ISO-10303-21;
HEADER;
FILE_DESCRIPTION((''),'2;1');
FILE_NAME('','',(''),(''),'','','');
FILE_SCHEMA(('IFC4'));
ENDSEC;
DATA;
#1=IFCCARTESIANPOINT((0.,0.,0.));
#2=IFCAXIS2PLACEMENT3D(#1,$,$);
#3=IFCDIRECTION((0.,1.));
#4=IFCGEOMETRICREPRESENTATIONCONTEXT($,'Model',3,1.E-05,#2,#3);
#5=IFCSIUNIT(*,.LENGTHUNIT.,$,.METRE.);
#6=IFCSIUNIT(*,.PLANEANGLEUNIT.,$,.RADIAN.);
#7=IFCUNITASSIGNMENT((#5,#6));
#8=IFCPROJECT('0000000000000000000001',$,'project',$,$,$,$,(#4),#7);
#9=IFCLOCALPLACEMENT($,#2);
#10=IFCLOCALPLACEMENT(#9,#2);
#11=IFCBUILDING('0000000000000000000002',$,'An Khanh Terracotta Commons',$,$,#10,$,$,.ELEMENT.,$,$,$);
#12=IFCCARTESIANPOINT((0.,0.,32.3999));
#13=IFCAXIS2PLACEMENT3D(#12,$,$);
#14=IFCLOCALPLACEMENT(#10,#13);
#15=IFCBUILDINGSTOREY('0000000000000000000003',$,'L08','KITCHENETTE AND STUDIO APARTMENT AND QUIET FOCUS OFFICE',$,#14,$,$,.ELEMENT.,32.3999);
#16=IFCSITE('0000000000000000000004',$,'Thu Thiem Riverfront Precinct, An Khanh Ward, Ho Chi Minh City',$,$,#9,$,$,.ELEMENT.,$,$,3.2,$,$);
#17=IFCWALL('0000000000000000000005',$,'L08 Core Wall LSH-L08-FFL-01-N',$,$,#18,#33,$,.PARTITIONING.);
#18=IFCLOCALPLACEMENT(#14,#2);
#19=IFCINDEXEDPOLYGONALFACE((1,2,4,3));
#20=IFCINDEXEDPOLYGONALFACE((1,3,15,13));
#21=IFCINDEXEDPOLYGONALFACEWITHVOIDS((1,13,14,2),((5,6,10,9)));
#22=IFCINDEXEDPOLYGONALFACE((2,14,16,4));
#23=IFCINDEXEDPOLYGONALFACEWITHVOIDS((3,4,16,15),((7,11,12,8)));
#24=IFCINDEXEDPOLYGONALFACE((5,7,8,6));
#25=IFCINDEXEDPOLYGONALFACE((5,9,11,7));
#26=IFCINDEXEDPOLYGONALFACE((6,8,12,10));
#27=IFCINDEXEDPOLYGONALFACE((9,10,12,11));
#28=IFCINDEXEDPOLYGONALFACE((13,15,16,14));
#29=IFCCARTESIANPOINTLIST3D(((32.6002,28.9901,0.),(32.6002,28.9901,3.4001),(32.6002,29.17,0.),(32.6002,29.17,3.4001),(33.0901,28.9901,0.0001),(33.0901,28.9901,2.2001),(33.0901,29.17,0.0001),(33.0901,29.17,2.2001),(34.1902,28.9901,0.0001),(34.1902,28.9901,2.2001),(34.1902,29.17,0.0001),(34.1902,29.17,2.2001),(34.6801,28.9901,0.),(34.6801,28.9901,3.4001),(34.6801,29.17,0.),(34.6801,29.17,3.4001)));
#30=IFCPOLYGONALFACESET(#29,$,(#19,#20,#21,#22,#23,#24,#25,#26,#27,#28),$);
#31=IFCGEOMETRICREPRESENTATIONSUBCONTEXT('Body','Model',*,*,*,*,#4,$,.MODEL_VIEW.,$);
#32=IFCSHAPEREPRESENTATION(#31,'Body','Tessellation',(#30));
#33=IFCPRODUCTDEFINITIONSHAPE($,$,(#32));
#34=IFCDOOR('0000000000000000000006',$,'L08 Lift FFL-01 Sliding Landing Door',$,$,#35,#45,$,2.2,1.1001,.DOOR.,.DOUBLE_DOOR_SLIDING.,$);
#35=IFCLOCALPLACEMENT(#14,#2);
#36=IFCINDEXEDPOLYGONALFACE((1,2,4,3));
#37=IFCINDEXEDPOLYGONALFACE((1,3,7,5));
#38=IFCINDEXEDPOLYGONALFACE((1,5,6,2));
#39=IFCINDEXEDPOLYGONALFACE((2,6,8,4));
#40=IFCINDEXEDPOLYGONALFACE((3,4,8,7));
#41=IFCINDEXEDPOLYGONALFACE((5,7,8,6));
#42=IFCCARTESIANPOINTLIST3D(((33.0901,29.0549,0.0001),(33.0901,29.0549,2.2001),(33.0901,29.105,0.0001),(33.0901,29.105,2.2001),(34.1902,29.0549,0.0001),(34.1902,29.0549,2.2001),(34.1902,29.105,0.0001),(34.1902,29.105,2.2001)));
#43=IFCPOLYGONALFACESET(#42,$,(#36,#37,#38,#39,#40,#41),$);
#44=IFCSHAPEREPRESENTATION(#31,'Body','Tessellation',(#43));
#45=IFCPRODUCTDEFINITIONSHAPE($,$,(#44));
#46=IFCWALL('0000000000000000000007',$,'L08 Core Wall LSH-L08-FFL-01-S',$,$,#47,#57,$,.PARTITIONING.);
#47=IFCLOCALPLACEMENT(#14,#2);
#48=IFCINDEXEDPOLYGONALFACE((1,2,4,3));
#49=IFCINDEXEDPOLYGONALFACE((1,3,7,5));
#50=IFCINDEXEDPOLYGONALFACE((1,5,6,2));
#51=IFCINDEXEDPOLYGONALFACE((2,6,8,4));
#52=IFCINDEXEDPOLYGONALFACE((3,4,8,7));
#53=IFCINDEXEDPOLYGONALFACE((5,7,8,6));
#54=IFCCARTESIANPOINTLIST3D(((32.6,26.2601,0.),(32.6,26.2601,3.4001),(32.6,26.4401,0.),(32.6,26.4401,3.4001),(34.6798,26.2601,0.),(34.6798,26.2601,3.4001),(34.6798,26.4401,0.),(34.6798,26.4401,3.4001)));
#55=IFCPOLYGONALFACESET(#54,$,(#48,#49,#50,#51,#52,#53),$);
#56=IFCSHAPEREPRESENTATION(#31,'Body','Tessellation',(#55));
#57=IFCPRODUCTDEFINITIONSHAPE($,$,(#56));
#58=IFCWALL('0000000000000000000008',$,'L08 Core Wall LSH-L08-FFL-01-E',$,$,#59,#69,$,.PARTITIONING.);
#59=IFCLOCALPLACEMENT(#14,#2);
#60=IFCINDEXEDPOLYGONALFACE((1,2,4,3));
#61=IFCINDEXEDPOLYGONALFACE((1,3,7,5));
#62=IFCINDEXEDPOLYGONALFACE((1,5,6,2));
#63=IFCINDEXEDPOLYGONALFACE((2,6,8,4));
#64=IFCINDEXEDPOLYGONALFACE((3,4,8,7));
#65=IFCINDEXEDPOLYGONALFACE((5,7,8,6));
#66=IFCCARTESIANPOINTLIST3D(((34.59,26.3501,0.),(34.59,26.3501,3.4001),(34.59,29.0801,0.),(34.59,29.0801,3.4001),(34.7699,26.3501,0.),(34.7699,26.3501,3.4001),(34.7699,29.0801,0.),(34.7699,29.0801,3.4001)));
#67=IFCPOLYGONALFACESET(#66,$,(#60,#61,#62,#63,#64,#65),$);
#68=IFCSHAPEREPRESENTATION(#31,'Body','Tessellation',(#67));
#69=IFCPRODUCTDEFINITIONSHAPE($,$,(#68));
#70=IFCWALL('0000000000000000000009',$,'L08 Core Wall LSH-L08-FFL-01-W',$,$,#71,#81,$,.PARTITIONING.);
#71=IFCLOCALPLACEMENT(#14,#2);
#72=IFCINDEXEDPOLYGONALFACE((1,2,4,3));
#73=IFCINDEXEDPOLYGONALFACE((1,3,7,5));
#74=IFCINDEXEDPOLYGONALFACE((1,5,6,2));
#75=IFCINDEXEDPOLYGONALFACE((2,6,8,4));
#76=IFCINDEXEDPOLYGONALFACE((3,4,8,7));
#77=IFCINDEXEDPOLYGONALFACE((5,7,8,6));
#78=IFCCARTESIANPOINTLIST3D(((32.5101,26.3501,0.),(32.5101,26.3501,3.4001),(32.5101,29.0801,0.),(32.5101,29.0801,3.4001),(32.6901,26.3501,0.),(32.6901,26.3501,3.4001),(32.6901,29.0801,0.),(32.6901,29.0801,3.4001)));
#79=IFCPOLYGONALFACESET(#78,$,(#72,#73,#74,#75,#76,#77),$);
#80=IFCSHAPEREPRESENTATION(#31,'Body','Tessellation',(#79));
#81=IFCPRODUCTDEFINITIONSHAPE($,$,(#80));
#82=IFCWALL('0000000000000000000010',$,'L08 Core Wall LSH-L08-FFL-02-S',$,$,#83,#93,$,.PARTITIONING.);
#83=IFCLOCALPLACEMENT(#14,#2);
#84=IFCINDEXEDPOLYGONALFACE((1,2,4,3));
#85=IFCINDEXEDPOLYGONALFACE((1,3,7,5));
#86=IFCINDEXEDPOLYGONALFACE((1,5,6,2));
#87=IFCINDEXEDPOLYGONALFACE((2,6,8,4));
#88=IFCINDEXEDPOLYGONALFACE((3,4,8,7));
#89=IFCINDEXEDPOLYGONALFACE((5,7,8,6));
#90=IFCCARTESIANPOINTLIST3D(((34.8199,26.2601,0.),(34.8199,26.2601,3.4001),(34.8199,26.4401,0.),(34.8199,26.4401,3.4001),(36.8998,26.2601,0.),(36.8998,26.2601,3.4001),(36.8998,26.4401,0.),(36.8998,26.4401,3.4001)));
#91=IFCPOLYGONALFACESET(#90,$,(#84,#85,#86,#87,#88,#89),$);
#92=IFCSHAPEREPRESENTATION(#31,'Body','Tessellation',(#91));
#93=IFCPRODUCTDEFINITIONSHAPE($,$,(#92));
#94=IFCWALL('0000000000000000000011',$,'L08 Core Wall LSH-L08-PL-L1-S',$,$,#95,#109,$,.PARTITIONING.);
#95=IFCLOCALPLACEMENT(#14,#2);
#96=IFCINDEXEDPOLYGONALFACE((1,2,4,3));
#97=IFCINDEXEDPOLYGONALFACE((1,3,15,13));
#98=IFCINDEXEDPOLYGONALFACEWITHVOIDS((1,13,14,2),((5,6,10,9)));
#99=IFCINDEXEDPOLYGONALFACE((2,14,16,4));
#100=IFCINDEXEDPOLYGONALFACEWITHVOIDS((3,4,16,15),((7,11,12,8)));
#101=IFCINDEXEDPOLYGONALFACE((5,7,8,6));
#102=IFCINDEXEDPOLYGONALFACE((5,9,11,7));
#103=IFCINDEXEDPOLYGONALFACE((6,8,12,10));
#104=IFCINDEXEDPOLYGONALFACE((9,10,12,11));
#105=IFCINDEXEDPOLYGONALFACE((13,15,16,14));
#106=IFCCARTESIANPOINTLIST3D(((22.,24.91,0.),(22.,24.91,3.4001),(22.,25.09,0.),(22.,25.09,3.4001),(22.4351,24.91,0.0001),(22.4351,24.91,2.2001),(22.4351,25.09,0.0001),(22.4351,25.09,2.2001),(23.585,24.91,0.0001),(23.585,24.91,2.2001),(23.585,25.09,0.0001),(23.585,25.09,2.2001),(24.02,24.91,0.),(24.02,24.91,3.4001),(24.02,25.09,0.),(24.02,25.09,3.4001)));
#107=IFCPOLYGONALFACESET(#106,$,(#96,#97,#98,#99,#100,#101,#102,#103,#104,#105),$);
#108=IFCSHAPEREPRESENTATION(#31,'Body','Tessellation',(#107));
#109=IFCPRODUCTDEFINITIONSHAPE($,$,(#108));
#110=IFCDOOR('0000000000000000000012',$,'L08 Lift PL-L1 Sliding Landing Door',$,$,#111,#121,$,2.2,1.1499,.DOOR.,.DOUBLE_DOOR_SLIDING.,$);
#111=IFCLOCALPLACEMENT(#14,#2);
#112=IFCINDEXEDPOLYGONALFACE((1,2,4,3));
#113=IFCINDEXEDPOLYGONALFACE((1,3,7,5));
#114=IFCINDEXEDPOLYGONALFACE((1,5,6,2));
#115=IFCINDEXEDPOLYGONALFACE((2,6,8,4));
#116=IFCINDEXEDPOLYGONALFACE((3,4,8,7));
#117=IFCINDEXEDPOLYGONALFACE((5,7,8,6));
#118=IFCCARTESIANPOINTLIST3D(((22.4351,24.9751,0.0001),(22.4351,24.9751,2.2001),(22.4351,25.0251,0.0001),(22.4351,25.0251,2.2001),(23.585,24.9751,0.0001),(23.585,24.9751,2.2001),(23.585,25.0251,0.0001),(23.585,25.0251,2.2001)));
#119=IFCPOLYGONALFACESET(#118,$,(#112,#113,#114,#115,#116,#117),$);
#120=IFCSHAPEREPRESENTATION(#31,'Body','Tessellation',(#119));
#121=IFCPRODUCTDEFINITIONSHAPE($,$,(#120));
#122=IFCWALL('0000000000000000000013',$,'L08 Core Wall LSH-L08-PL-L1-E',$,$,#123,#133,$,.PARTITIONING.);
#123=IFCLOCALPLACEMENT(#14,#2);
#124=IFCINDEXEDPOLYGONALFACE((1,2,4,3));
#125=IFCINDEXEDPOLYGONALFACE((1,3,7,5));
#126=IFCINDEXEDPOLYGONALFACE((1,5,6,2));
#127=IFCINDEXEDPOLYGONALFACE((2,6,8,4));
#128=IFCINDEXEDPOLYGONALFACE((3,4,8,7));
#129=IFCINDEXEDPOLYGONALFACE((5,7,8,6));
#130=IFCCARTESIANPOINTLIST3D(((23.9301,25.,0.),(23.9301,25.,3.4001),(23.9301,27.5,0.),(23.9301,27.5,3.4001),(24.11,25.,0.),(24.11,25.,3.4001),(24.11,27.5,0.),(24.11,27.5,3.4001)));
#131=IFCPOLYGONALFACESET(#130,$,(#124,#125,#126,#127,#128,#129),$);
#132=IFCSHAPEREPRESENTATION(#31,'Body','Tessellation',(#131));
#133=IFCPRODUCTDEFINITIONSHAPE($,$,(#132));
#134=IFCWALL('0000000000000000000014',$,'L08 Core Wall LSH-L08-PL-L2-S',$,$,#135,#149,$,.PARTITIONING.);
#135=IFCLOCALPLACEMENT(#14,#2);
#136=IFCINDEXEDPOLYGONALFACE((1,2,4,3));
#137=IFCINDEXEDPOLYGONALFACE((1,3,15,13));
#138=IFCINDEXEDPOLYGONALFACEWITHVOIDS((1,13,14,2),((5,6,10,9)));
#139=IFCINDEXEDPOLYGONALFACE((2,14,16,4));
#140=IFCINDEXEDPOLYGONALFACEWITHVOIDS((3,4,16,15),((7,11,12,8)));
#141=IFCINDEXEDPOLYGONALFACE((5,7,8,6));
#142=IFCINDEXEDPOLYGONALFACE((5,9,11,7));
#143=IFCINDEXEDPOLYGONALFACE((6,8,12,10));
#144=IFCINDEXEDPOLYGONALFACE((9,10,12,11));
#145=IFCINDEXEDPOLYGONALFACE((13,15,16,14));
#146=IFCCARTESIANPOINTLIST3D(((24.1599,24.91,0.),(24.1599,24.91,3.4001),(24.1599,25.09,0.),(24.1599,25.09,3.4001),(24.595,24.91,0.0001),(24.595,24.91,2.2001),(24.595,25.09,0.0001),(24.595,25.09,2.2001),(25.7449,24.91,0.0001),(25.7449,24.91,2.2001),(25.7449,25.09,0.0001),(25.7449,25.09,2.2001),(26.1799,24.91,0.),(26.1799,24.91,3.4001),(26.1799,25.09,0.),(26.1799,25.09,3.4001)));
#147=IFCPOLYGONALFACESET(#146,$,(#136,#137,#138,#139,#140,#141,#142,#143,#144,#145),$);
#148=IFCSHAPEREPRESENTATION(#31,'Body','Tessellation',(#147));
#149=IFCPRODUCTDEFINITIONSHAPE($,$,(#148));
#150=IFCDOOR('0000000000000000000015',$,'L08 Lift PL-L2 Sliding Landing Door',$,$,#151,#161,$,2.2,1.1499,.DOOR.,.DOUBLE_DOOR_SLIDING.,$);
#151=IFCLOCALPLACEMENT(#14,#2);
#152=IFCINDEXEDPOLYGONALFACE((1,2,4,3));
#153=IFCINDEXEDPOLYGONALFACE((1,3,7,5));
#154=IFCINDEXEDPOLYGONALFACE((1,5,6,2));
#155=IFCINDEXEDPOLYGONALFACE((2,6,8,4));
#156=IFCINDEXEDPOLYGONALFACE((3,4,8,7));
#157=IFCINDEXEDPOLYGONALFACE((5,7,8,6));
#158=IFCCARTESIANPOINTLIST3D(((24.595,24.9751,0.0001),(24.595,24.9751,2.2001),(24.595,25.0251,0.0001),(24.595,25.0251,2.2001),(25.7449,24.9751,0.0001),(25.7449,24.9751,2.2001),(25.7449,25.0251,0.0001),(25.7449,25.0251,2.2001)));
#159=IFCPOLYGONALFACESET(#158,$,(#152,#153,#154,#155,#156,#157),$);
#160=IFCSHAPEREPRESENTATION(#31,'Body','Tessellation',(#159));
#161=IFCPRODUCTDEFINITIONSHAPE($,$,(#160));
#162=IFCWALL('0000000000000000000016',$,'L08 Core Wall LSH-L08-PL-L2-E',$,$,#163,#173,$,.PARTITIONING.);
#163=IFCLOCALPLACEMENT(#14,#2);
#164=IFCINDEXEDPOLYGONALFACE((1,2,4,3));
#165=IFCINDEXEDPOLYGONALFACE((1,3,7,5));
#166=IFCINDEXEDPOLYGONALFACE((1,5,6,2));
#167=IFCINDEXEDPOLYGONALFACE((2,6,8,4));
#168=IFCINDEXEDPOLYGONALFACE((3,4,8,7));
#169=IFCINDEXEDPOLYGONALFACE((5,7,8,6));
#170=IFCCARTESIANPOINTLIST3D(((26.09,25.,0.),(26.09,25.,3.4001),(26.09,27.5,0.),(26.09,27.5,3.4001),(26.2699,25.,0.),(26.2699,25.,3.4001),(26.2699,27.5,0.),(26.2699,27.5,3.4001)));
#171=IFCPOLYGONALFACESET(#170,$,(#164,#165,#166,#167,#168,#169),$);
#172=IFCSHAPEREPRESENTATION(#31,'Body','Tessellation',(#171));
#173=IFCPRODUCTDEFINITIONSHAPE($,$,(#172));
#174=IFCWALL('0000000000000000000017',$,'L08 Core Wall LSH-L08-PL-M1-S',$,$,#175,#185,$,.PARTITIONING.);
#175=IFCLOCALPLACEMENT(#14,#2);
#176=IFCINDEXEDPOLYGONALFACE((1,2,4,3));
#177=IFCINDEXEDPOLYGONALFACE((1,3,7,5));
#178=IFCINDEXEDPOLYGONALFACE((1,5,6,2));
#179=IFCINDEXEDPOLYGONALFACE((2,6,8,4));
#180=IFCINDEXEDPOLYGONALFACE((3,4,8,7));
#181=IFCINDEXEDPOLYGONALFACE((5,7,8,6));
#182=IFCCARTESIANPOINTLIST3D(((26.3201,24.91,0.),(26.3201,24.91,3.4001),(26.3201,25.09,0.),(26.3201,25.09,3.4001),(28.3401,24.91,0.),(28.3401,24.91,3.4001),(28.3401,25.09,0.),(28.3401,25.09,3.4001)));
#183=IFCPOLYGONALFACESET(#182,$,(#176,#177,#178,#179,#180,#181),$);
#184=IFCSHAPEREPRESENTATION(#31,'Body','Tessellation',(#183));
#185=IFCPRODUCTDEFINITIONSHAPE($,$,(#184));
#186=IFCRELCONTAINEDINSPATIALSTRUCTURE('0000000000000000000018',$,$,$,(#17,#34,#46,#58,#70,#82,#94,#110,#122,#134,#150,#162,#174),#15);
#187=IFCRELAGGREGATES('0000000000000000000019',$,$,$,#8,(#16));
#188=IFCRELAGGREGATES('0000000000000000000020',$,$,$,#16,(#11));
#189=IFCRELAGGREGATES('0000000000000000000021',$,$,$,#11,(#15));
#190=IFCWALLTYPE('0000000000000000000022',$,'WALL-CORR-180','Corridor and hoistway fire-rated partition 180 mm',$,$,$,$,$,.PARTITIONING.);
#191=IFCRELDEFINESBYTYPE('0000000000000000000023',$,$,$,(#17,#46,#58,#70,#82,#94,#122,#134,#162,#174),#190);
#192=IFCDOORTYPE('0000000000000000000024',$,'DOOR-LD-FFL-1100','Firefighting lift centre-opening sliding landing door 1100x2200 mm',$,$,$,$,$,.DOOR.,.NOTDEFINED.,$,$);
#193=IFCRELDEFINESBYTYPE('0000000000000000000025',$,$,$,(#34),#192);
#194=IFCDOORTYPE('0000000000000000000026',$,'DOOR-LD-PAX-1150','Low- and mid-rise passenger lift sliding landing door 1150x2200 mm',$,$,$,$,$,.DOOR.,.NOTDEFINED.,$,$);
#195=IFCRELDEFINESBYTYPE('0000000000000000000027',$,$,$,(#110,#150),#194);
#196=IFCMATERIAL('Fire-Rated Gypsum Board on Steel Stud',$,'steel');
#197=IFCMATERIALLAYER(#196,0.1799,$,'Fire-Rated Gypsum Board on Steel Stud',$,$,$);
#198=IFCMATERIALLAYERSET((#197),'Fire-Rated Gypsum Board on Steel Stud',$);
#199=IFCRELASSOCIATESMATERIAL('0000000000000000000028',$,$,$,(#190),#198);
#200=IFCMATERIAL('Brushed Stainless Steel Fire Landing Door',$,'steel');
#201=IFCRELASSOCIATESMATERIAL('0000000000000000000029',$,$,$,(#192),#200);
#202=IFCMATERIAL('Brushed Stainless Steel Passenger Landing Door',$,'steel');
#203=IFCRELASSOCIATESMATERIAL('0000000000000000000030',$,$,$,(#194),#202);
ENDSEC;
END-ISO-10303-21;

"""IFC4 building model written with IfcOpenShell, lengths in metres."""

from ifc_helpers import new_model, si_unit, direction, frame, frame_2d, origin, place, context, subcontext, project, spatial, rectangle, extrude, material, layer, layer_set, type_object, element, fill, save


model = new_model("IFC4")

# Units and contexts
model_context = context("Model", 3, precision=1e-05, world=origin(), true_north=direction((0.0, 1.0)))
body_context = subcontext(model_context, "Body", "Model", "MODEL_VIEW")
ifc_project = project(units=[si_unit("LENGTHUNIT", "METRE"), si_unit("PLANEANGLEUNIT", "RADIAN")], contexts=[model_context])

# Site, building, storey
site_placement = place(None, origin())
site = spatial("IfcSite", under=ifc_project, at=site_placement, Name="Thu Thiem Riverfront Precinct, An Khanh Ward, Ho Chi Minh City", CompositionType="ELEMENT", RefElevation=3.2)
building_placement = place(site_placement, origin())
building = spatial("IfcBuilding", under=site, at=building_placement, Name="An Khanh Terracotta Commons", CompositionType="ELEMENT")
storey_placement = place(building_placement, frame((0.0, 0.0, 32.3999)))
storey = spatial("IfcBuildingStorey", under=building, at=storey_placement, Name="L08", Description="KITCHENETTE AND STUDIO APARTMENT AND QUIET FOCUS OFFICE", CompositionType="ELEMENT", Elevation=32.3999)

# Wall, opening, door
ifc_material_1 = material(Name="Fire-Rated Gypsum Board on Steel Stud", Category="steel")
ifc_layer_1 = layer(ifc_material_1, 0.1799, Name="Fire-Rated Gypsum Board on Steel Stud")
ifc_layer_set_1 = layer_set([ifc_layer_1], Name="Fire-Rated Gypsum Board on Steel Stud")
wall_type_1 = type_object("IfcWallType", Name="WALL-CORR-180", Description="Corridor and hoistway fire-rated partition 180 mm", PredefinedType="PARTITIONING", material=ifc_layer_set_1)
wall_1_placement = place(storey_placement, frame((32.6001, 29.0801, 0.0), z_axis=(0.0, 0.0, 1.0), x_axis=(1.0, 0.0, 0.0)))
wall_1 = element("IfcWall", 1, at=wall_1_placement, inside=storey, type_object=wall_type_1, Name="L08 Core Wall LSH-L08-FFL-01-N", PredefinedType="PARTITIONING", context=body_context, shape_type="SweptSolid", body=[
    extrude(rectangle(XDim=2.0798, YDim=0.1799, at=frame_2d((1.04, 0.0))), origin(), (0.0, 0.0, 1.0), 3.4001),
])
opening_1_placement = place(wall_1_placement, frame((0.49, 0.0, 0.0)))
opening_1 = element("IfcOpeningElement", 2, at=opening_1_placement, cuts=wall_1, PredefinedType="OPENING", context=body_context, shape_type="SweptSolid", body=[
    extrude(rectangle(XDim=1.1001, YDim=2.2, at=frame_2d((0.55, 1.1001))), frame((0.0, 0.0999, 0.0), z_axis=(0.0, -1.0, 0.0), x_axis=(1.0, 0.0, 0.0)), (0.0, 0.0, 1.0), 0.2),
])
ifc_material_2 = material(Name="Brushed Stainless Steel Fire Landing Door", Category="steel")
door_type_1 = type_object("IfcDoorType", Name="DOOR-LD-FFL-1100", Description="Firefighting lift centre-opening sliding landing door 1100x2200 mm", OperationType="NOTDEFINED", PredefinedType="DOOR", material=ifc_material_2)
door_1_placement = place(opening_1_placement, origin())
door_1 = element("IfcDoor", 3, at=door_1_placement, inside=storey, type_object=door_type_1, Name="L08 Lift FFL-01 Sliding Landing Door", OperationType="DOUBLE_DOOR_SLIDING", OverallHeight=2.2, OverallWidth=1.1001, PredefinedType="DOOR", context=body_context, shape_type="SweptSolid", body=[
    extrude(rectangle(XDim=1.1001, YDim=2.2, at=frame_2d((0.55, 1.1001))), frame((0.0, 0.0249, 0.0), z_axis=(0.0, -1.0, 0.0), x_axis=(1.0, 0.0, 0.0)), (0.0, 0.0, 1.0), 0.05),
])
fill(opening_1, door_1)

# Walls
wall_2_placement = place(storey_placement, frame((34.6799, 26.3501, 0.0), z_axis=(0.0, 0.0, 1.0), x_axis=(-1.0, 0.0, 0.0)))
element("IfcWall", 4, at=wall_2_placement, inside=storey, type_object=wall_type_1, Name="L08 Core Wall LSH-L08-FFL-01-S", PredefinedType="PARTITIONING", context=body_context, shape_type="SweptSolid", body=[
    extrude(rectangle(XDim=2.0798, YDim=0.1799, at=frame_2d((1.04, 0.0))), origin(), (0.0, 0.0, 1.0), 3.4001),
])
for number, where, z_axis, x_axis, name in (
    (5, (34.6799, 26.3501, 0.0), (0.0, 0.0, 1.0), (0.0, 1.0, 0.0), "L08 Core Wall LSH-L08-FFL-01-E"),
    (6, (32.6001, 29.0801, 0.0), (0.0, 0.0, 1.0), (0.0, -1.0, 0.0), "L08 Core Wall LSH-L08-FFL-01-W"),
):
    element("IfcWall", number, at=place(storey_placement, frame(where, z_axis=z_axis, x_axis=x_axis)), inside=storey, type_object=wall_type_1, Name=name, PredefinedType="PARTITIONING", context=body_context, shape_type="SweptSolid", body=[
        extrude(rectangle(XDim=2.73, YDim=0.1799, at=frame_2d((1.365, 0.0))), origin(), (0.0, 0.0, 1.0), 3.4001),
    ])
wall_3_placement = place(storey_placement, frame((36.8999, 26.3501, 0.0), z_axis=(0.0, 0.0, 1.0), x_axis=(-1.0, 0.0, 0.0)))
element("IfcWall", 7, at=wall_3_placement, inside=storey, type_object=wall_type_1, Name="L08 Core Wall LSH-L08-FFL-02-S", PredefinedType="PARTITIONING", context=body_context, shape_type="SweptSolid", body=[
    extrude(rectangle(XDim=2.0798, YDim=0.1799, at=frame_2d((1.04, 0.0))), origin(), (0.0, 0.0, 1.0), 3.4001),
])

# Wall, opening, door
wall_4_placement = place(storey_placement, frame((24.02, 25.0, 0.0), z_axis=(0.0, 0.0, 1.0), x_axis=(-1.0, 0.0, 0.0)))
wall_4 = element("IfcWall", 8, at=wall_4_placement, inside=storey, type_object=wall_type_1, Name="L08 Core Wall LSH-L08-PL-L1-S", PredefinedType="PARTITIONING", context=body_context, shape_type="SweptSolid", body=[
    extrude(rectangle(XDim=2.02, YDim=0.1799, at=frame_2d((1.01, 0.0))), origin(), (0.0, 0.0, 1.0), 3.4001),
])
opening_2_placement = place(wall_4_placement, frame((0.4351, 0.0, 0.0)))
opening_2 = element("IfcOpeningElement", 9, at=opening_2_placement, cuts=wall_4, PredefinedType="OPENING", context=body_context, shape_type="SweptSolid", body=[
    extrude(rectangle(XDim=1.1499, YDim=2.2, at=frame_2d((0.575, 1.1001))), frame((0.0, 0.0999, 0.0), z_axis=(0.0, -1.0, 0.0), x_axis=(1.0, 0.0, 0.0)), (0.0, 0.0, 1.0), 0.2),
])
ifc_material_3 = material(Name="Brushed Stainless Steel Passenger Landing Door", Category="steel")
door_type_2 = type_object("IfcDoorType", Name="DOOR-LD-PAX-1150", Description="Low- and mid-rise passenger lift sliding landing door 1150x2200 mm", OperationType="NOTDEFINED", PredefinedType="DOOR", material=ifc_material_3)
door_2_placement = place(opening_2_placement, origin())
door_2 = element("IfcDoor", 10, at=door_2_placement, inside=storey, type_object=door_type_2, Name="L08 Lift PL-L1 Sliding Landing Door", OperationType="DOUBLE_DOOR_SLIDING", OverallHeight=2.2, OverallWidth=1.1499, PredefinedType="DOOR", context=body_context, shape_type="SweptSolid", body=[
    extrude(rectangle(XDim=1.1499, YDim=2.2, at=frame_2d((0.575, 1.1001))), frame((0.0, 0.0249, 0.0), z_axis=(0.0, -1.0, 0.0), x_axis=(1.0, 0.0, 0.0)), (0.0, 0.0, 1.0), 0.05),
])
fill(opening_2, door_2)

# Wall
wall_5_placement = place(storey_placement, frame((24.02, 25.0, 0.0), z_axis=(0.0, 0.0, 1.0), x_axis=(0.0, 1.0, 0.0)))
element("IfcWall", 11, at=wall_5_placement, inside=storey, type_object=wall_type_1, Name="L08 Core Wall LSH-L08-PL-L1-E", PredefinedType="PARTITIONING", context=body_context, shape_type="SweptSolid", body=[
    extrude(rectangle(XDim=2.5, YDim=0.1799, at=frame_2d((1.25, 0.0))), origin(), (0.0, 0.0, 1.0), 3.4001),
])

# Wall, opening, door
wall_6_placement = place(storey_placement, frame((26.1799, 25.0, 0.0), z_axis=(0.0, 0.0, 1.0), x_axis=(-1.0, 0.0, 0.0)))
wall_6 = element("IfcWall", 12, at=wall_6_placement, inside=storey, type_object=wall_type_1, Name="L08 Core Wall LSH-L08-PL-L2-S", PredefinedType="PARTITIONING", context=body_context, shape_type="SweptSolid", body=[
    extrude(rectangle(XDim=2.02, YDim=0.1799, at=frame_2d((1.01, 0.0))), origin(), (0.0, 0.0, 1.0), 3.4001),
])
opening_3_placement = place(wall_6_placement, frame((0.4351, 0.0, 0.0)))
opening_3 = element("IfcOpeningElement", 13, at=opening_3_placement, cuts=wall_6, PredefinedType="OPENING", context=body_context, shape_type="SweptSolid", body=[
    extrude(rectangle(XDim=1.1499, YDim=2.2, at=frame_2d((0.575, 1.1001))), frame((0.0, 0.0999, 0.0), z_axis=(0.0, -1.0, 0.0), x_axis=(1.0, 0.0, 0.0)), (0.0, 0.0, 1.0), 0.2),
])
door_3_placement = place(opening_3_placement, origin())
door_3 = element("IfcDoor", 14, at=door_3_placement, inside=storey, type_object=door_type_2, Name="L08 Lift PL-L2 Sliding Landing Door", OperationType="DOUBLE_DOOR_SLIDING", OverallHeight=2.2, OverallWidth=1.1499, PredefinedType="DOOR", context=body_context, shape_type="SweptSolid", body=[
    extrude(rectangle(XDim=1.1499, YDim=2.2, at=frame_2d((0.575, 1.1001))), frame((0.0, 0.0249, 0.0), z_axis=(0.0, -1.0, 0.0), x_axis=(1.0, 0.0, 0.0)), (0.0, 0.0, 1.0), 0.05),
])
fill(opening_3, door_3)

# Walls
wall_7_placement = place(storey_placement, frame((26.1799, 25.0, 0.0), z_axis=(0.0, 0.0, 1.0), x_axis=(0.0, 1.0, 0.0)))
element("IfcWall", 15, at=wall_7_placement, inside=storey, type_object=wall_type_1, Name="L08 Core Wall LSH-L08-PL-L2-E", PredefinedType="PARTITIONING", context=body_context, shape_type="SweptSolid", body=[
    extrude(rectangle(XDim=2.5, YDim=0.1799, at=frame_2d((1.25, 0.0))), origin(), (0.0, 0.0, 1.0), 3.4001),
])
wall_8_placement = place(storey_placement, frame((28.3401, 25.0, 0.0), z_axis=(0.0, 0.0, 1.0), x_axis=(-1.0, 0.0, 0.0)))
element("IfcWall", 16, at=wall_8_placement, inside=storey, type_object=wall_type_1, Name="L08 Core Wall LSH-L08-PL-M1-S", PredefinedType="PARTITIONING", context=body_context, shape_type="SweptSolid", body=[
    extrude(rectangle(XDim=2.02, YDim=0.1799, at=frame_2d((1.01, 0.0))), origin(), (0.0, 0.0, 1.0), 3.4001),
])

save(model, "model.ifc")
